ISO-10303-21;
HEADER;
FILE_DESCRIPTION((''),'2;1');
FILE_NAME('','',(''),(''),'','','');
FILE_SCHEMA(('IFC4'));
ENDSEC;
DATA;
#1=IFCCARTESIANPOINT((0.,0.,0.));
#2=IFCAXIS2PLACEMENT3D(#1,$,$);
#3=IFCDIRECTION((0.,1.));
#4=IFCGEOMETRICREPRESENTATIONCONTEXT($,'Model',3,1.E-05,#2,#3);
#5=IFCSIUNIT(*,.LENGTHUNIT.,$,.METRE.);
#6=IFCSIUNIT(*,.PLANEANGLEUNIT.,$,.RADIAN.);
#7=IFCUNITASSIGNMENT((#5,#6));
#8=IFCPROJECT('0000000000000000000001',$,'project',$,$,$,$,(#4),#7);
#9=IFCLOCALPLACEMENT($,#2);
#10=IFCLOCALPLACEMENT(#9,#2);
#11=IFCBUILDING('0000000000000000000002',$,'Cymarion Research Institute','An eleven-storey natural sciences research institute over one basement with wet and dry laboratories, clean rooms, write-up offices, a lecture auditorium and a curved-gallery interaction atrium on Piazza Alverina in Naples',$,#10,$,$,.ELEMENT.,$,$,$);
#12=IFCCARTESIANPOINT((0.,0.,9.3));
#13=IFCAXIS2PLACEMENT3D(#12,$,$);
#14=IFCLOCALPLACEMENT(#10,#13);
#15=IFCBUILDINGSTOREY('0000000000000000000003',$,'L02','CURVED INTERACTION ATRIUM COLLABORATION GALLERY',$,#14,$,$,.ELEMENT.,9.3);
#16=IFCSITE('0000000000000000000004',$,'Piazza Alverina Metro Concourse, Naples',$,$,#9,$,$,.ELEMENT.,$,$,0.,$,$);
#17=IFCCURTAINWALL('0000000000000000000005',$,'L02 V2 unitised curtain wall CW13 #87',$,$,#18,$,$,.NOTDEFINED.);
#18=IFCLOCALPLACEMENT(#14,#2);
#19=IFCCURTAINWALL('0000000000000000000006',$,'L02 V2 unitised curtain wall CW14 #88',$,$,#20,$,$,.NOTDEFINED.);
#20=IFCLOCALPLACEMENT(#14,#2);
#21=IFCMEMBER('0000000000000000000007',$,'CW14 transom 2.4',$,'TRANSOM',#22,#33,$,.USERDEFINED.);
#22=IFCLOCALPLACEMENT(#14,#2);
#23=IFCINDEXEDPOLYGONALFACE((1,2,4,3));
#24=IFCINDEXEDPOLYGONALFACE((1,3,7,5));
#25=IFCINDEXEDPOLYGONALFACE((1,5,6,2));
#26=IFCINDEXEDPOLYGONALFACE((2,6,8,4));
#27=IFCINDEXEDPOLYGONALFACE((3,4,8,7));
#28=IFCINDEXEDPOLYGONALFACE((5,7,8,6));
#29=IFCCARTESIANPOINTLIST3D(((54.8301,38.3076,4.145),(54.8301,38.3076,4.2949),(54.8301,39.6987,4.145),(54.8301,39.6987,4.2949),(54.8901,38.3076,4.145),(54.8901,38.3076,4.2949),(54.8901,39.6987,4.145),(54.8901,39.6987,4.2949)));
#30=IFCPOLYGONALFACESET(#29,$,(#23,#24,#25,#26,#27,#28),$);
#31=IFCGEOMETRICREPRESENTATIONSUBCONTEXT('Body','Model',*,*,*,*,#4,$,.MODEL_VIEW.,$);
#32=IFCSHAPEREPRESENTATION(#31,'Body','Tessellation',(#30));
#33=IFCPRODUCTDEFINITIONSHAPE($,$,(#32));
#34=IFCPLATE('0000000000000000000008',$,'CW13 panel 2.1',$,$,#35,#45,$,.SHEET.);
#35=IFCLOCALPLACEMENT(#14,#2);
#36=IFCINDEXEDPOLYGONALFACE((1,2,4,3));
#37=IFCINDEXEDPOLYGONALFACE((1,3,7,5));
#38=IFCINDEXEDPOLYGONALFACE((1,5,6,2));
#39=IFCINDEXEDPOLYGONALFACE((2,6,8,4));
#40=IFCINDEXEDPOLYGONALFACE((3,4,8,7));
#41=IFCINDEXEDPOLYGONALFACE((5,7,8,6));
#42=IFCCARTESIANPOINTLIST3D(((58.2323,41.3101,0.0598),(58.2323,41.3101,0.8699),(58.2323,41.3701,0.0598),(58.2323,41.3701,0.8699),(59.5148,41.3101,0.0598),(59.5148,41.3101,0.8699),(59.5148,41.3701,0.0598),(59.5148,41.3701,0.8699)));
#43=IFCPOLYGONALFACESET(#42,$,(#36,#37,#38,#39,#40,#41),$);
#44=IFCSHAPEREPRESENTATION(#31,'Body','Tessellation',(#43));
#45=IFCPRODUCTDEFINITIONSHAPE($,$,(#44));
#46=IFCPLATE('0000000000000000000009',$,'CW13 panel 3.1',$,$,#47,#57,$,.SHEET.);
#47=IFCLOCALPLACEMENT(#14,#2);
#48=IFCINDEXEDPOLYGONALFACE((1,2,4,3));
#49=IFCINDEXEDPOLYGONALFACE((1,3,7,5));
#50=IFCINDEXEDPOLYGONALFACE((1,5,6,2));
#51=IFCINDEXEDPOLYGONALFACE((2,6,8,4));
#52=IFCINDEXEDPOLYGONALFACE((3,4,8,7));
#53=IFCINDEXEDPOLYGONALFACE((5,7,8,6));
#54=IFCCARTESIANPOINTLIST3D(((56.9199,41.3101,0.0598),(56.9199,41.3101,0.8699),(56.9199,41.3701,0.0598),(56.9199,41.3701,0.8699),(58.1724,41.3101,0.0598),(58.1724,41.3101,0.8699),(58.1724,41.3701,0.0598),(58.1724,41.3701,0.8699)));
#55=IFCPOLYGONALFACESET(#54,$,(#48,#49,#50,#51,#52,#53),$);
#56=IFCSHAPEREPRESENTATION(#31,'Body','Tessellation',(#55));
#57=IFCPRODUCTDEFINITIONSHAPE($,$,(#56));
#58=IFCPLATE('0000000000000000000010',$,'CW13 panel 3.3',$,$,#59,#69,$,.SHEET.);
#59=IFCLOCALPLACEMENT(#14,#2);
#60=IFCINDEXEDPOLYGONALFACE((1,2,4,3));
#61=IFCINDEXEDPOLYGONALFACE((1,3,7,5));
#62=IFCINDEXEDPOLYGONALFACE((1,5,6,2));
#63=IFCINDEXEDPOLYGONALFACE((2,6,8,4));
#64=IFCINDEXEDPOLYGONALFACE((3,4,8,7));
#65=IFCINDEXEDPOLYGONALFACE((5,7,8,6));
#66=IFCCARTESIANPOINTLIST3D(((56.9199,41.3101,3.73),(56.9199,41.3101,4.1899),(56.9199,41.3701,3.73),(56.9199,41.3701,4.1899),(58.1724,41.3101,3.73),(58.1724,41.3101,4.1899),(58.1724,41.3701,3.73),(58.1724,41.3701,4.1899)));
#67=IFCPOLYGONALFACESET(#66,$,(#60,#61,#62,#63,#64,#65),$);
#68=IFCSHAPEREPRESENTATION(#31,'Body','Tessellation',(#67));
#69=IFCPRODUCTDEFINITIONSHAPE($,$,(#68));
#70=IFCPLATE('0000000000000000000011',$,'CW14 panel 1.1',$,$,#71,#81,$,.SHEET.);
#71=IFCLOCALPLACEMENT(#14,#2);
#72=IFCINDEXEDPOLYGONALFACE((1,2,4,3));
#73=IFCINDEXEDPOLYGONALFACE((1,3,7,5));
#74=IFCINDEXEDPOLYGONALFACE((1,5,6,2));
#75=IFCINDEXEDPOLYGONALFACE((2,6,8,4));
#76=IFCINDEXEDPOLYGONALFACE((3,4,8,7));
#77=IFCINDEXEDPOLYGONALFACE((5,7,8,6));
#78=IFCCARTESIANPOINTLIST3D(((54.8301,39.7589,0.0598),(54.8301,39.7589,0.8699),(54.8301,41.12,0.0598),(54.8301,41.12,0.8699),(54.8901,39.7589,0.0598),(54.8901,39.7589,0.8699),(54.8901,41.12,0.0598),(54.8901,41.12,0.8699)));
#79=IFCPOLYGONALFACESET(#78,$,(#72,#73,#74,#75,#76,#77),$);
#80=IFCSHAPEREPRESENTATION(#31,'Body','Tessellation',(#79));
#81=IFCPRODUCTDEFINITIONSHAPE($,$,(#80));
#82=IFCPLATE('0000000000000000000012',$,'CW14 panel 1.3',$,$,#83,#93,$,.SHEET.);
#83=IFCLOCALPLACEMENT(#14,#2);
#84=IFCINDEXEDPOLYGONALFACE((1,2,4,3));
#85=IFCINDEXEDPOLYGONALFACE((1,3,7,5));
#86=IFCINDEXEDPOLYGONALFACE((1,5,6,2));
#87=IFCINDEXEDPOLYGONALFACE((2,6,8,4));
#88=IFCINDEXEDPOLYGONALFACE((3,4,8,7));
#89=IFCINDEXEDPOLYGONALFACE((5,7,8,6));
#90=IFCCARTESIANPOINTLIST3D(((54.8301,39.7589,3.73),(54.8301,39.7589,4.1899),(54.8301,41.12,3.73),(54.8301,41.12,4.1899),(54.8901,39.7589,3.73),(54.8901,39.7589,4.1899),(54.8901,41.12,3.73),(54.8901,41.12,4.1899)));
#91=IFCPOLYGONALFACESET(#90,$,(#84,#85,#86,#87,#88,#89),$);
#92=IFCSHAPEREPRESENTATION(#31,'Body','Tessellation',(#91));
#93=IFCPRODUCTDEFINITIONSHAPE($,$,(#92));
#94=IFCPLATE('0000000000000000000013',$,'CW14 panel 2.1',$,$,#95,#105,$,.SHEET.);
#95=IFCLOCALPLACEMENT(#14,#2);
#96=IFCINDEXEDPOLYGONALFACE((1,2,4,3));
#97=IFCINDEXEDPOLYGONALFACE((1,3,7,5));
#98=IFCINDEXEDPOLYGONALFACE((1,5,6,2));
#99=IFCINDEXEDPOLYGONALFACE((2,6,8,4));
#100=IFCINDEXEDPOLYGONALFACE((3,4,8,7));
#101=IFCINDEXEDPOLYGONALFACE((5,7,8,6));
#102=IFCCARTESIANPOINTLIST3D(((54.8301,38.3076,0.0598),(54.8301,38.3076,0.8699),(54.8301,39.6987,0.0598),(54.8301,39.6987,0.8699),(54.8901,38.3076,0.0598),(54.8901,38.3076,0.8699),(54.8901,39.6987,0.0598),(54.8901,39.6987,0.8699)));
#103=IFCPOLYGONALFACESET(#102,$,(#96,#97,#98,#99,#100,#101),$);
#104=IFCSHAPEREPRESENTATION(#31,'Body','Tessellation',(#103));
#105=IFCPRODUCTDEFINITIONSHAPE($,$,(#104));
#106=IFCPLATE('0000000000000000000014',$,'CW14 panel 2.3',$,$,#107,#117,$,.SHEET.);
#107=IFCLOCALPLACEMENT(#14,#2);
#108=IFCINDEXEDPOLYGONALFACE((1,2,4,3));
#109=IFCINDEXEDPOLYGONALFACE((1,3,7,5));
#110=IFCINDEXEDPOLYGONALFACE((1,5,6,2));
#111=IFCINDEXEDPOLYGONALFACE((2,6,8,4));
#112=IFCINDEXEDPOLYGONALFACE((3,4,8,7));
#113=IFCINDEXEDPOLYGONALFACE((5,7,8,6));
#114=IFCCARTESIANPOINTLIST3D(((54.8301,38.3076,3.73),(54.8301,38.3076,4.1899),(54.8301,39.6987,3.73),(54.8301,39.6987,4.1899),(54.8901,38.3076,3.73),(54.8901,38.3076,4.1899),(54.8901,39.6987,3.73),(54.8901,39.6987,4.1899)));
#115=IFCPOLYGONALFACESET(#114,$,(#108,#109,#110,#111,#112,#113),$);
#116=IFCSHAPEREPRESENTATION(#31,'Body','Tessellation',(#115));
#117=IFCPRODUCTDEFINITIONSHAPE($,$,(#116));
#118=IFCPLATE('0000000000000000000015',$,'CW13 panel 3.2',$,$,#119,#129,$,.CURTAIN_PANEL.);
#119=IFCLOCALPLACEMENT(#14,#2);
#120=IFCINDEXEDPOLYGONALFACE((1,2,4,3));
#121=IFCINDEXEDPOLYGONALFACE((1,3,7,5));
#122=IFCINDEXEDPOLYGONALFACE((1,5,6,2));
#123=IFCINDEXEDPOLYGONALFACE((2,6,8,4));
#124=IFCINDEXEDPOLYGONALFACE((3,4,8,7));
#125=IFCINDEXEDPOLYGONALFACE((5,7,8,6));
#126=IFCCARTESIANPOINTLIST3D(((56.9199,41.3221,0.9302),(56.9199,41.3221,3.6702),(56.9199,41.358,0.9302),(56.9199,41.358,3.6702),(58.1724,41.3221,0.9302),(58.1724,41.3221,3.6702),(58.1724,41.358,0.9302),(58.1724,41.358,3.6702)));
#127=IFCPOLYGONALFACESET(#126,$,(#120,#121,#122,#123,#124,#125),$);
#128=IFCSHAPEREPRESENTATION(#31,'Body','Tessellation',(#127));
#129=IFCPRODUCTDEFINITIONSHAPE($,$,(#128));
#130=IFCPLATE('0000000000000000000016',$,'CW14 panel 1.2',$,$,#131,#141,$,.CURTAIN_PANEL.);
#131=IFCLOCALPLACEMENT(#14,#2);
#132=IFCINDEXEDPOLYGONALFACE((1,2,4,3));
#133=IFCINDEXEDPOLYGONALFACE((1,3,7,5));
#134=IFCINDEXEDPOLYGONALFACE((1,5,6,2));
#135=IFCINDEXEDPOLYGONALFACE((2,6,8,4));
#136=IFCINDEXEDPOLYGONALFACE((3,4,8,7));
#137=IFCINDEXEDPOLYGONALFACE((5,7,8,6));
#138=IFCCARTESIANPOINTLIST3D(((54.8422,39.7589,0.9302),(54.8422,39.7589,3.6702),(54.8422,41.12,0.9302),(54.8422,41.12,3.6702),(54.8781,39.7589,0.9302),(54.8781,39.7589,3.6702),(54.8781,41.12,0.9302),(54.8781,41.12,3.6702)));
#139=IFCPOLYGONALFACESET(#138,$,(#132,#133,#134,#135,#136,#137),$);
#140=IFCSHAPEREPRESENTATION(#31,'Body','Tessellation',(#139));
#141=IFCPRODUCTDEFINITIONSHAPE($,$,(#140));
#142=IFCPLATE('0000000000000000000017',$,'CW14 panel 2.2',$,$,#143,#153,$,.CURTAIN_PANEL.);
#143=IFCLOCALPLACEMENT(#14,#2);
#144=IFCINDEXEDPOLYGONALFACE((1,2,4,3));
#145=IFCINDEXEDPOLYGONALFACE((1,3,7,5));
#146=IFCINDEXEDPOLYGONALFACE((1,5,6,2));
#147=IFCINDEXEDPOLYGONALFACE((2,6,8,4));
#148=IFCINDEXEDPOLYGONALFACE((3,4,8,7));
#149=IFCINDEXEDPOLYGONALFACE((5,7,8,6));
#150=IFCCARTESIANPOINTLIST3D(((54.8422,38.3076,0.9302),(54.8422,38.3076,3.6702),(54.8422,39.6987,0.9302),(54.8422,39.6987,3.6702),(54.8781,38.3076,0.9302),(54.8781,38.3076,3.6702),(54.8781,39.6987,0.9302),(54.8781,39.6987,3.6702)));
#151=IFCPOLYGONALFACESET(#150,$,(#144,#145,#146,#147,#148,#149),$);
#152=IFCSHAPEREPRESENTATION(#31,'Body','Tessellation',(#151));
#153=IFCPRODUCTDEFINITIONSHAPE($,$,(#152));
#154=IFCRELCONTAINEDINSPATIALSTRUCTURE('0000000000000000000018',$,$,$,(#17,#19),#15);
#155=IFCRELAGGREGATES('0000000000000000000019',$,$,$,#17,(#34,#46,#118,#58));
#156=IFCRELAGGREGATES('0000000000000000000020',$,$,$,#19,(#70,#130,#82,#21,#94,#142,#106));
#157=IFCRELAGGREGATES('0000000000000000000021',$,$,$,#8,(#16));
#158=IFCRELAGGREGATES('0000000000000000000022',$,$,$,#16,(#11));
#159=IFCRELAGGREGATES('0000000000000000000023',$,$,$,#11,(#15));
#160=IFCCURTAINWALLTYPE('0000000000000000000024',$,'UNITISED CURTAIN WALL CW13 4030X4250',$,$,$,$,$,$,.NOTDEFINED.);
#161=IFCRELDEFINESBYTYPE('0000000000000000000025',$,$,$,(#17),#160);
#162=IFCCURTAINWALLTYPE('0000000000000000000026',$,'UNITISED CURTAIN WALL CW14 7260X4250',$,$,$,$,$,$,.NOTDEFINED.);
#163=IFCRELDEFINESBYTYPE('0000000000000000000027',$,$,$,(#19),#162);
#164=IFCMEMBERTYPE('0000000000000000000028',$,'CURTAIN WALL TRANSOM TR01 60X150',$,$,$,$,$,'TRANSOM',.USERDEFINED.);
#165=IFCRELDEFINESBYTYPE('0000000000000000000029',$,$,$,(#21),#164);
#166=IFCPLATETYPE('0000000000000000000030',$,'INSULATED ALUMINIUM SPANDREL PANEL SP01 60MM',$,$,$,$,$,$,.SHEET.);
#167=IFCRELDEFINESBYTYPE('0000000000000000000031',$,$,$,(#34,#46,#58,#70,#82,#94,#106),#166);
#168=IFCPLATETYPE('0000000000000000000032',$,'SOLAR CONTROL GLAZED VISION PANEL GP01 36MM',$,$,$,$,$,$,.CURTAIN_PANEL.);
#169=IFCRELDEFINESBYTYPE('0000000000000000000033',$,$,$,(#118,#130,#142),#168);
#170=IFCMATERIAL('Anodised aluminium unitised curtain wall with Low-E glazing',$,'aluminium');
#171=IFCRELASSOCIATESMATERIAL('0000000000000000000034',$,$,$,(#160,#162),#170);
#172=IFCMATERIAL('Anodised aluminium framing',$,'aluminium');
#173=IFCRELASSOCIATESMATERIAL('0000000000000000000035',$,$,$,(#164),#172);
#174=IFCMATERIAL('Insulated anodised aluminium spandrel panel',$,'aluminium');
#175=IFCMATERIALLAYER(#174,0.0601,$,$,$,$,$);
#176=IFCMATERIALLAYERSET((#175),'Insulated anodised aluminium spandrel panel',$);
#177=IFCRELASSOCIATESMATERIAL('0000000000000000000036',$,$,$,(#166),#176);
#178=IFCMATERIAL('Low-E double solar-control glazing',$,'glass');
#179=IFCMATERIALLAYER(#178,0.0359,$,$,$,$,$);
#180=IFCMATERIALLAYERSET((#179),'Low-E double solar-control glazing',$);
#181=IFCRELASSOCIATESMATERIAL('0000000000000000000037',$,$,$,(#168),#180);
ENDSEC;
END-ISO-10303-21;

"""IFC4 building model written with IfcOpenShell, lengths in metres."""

from ifc_helpers import new_model, si_unit, direction, frame, origin, origin_2d, place, context, subcontext, project, spatial, rectangle, extrude, material, layer, layer_set, material_profile, profile_set, type_object, element, aggregate, save


model = new_model("IFC4")

# Units and contexts
model_context = context("Model", 3, precision=1e-05, world=origin(), true_north=direction((0.0, 1.0)))
body_context = subcontext(model_context, "Body", "Model", "MODEL_VIEW")
ifc_project = project(units=[si_unit("LENGTHUNIT", "METRE"), si_unit("PLANEANGLEUNIT", "RADIAN")], contexts=[model_context])

# Site, building, storey
site_placement = place(None, origin())
site = spatial("IfcSite", under=ifc_project, at=site_placement, Name="Piazza Alverina Metro Concourse, Naples", CompositionType="ELEMENT", RefElevation=0.0)
building_placement = place(site_placement, origin())
building = spatial("IfcBuilding", under=site, at=building_placement, Name="Cymarion Research Institute", Description="An eleven-storey natural sciences research institute over one basement with wet and dry laboratories, clean rooms, write-up offices, a lecture auditorium and a curved-gallery interaction atrium on Piazza Alverina in Naples", CompositionType="ELEMENT")
storey_placement = place(building_placement, frame((0.0, 0.0, 9.3)))
storey = spatial("IfcBuildingStorey", under=building, at=storey_placement, Name="L02", Description="CURVED INTERACTION ATRIUM COLLABORATION GALLERY", CompositionType="ELEMENT", Elevation=9.3)

# Curtain walls
ifc_material_1 = material(Name="Anodised aluminium unitised curtain wall with Low-E glazing", Category="aluminium")
curtain_wall_type_1 = type_object("IfcCurtainWallType", Name="UNITISED CURTAIN WALL CW13 4030X4250", PredefinedType="NOTDEFINED", material=ifc_material_1)
curtain_wall_1_placement = place(storey_placement, origin())
curtain_wall_1 = element("IfcCurtainWall", 1, at=curtain_wall_1_placement, inside=storey, type_object=curtain_wall_type_1, Name="L02 V2 unitised curtain wall CW13 #87", PredefinedType="NOTDEFINED")
ifc_material_2 = material(Name="Anodised aluminium framing", Category="aluminium")
curtain_wall_type_2 = type_object("IfcCurtainWallType", Name="UNITISED CURTAIN WALL CW14 7260X4250", PredefinedType="NOTDEFINED", material=ifc_material_1)
curtain_wall_2_placement = place(storey_placement, origin())
curtain_wall_2 = element("IfcCurtainWall", 2, at=curtain_wall_2_placement, inside=storey, type_object=curtain_wall_type_2, Name="L02 V2 unitised curtain wall CW14 #88", PredefinedType="NOTDEFINED")

# Member
ifc_material_profile_1 = material_profile(ifc_material_2, rectangle(XDim=0.0601, YDim=0.1499, at=origin_2d()), Name="ALU TRANSOM 60x150")
ifc_profile_set_1 = profile_set([ifc_material_profile_1], Name="Anodised aluminium framing")
member_type_1 = type_object("IfcMemberType", Name="CURTAIN WALL TRANSOM TR01 60X150", ElementType="TRANSOM", PredefinedType="USERDEFINED", material=ifc_profile_set_1)
member_1_placement = place(storey_placement, frame((54.8601, 39.6987, 4.22), z_axis=(0.0, -1.0, 0.0), x_axis=(1.0, 0.0, 0.0)))
member_1 = element("IfcMember", 3, at=member_1_placement, type_object=member_type_1, Name="CW14 transom 2.4", ObjectType="TRANSOM", PredefinedType="USERDEFINED", context=body_context, shape_type="SweptSolid", body=[
    extrude(rectangle(XDim=0.0601, YDim=0.1499, at=origin_2d()), origin(), (0.0, 0.0, 1.0), 1.3911),
])

# Plates
ifc_material_3 = material(Name="Insulated anodised aluminium spandrel panel", Category="aluminium")
ifc_layer_1 = layer(ifc_material_3, 0.0601)
ifc_layer_set_1 = layer_set([ifc_layer_1], Name="Insulated anodised aluminium spandrel panel")
plate_type_1 = type_object("IfcPlateType", Name="INSULATED ALUMINIUM SPANDREL PANEL SP01 60MM", PredefinedType="SHEET", material=ifc_layer_set_1)
plate_1_placement = place(storey_placement, frame((58.8735, 41.3401, 0.0598), z_axis=(0.0, 0.0, 1.0), x_axis=(-1.0, 0.0, 0.0)))
plate_1 = element("IfcPlate", 4, at=plate_1_placement, type_object=plate_type_1, Name="CW13 panel 2.1", PredefinedType="SHEET", context=body_context, shape_type="SweptSolid", body=[
    extrude(rectangle(XDim=1.2825, YDim=0.0601, at=origin_2d()), origin(), (0.0, 0.0, 1.0), 0.8101),
])
plate_2_placement = place(storey_placement, frame((57.5461, 41.3401, 0.0598), z_axis=(0.0, 0.0, 1.0), x_axis=(-1.0, 0.0, 0.0)))
plate_2 = element("IfcPlate", 5, at=plate_2_placement, type_object=plate_type_1, Name="CW13 panel 3.1", PredefinedType="SHEET", context=body_context, shape_type="SweptSolid", body=[
    extrude(rectangle(XDim=1.2524, YDim=0.0601, at=origin_2d()), origin(), (0.0, 0.0, 1.0), 0.8101),
])
plate_3_placement = place(storey_placement, frame((57.5461, 41.3401, 3.73), z_axis=(0.0, 0.0, 1.0), x_axis=(-1.0, 0.0, 0.0)))
plate_3 = element("IfcPlate", 6, at=plate_3_placement, type_object=plate_type_1, Name="CW13 panel 3.3", PredefinedType="SHEET", context=body_context, shape_type="SweptSolid", body=[
    extrude(rectangle(XDim=1.2524, YDim=0.0601, at=origin_2d()), origin(), (0.0, 0.0, 1.0), 0.46),
])
plate_4_placement = place(storey_placement, frame((54.8601, 40.4395, 0.0598), z_axis=(0.0, 0.0, 1.0), x_axis=(0.0, -1.0, 0.0)))
plate_4 = element("IfcPlate", 7, at=plate_4_placement, type_object=plate_type_1, Name="CW14 panel 1.1", PredefinedType="SHEET", context=body_context, shape_type="SweptSolid", body=[
    extrude(rectangle(XDim=1.3611, YDim=0.0601, at=origin_2d()), origin(), (0.0, 0.0, 1.0), 0.8101),
])
plate_5_placement = place(storey_placement, frame((54.8601, 40.4395, 3.73), z_axis=(0.0, 0.0, 1.0), x_axis=(0.0, -1.0, 0.0)))
plate_5 = element("IfcPlate", 8, at=plate_5_placement, type_object=plate_type_1, Name="CW14 panel 1.3", PredefinedType="SHEET", context=body_context, shape_type="SweptSolid", body=[
    extrude(rectangle(XDim=1.3611, YDim=0.0601, at=origin_2d()), origin(), (0.0, 0.0, 1.0), 0.46),
])
plate_6_placement = place(storey_placement, frame((54.8601, 39.0032, 0.0598), z_axis=(0.0, 0.0, 1.0), x_axis=(0.0, -1.0, 0.0)))
plate_6 = element("IfcPlate", 9, at=plate_6_placement, type_object=plate_type_1, Name="CW14 panel 2.1", PredefinedType="SHEET", context=body_context, shape_type="SweptSolid", body=[
    extrude(rectangle(XDim=1.3911, YDim=0.0601, at=origin_2d()), origin(), (0.0, 0.0, 1.0), 0.8101),
])
plate_7_placement = place(storey_placement, frame((54.8601, 39.0032, 3.73), z_axis=(0.0, 0.0, 1.0), x_axis=(0.0, -1.0, 0.0)))
plate_7 = element("IfcPlate", 10, at=plate_7_placement, type_object=plate_type_1, Name="CW14 panel 2.3", PredefinedType="SHEET", context=body_context, shape_type="SweptSolid", body=[
    extrude(rectangle(XDim=1.3911, YDim=0.0601, at=origin_2d()), origin(), (0.0, 0.0, 1.0), 0.46),
])
ifc_material_4 = material(Name="Low-E double solar-control glazing", Category="glass")
ifc_layer_2 = layer(ifc_material_4, 0.0359)
ifc_layer_set_2 = layer_set([ifc_layer_2], Name="Low-E double solar-control glazing")
plate_type_2 = type_object("IfcPlateType", Name="SOLAR CONTROL GLAZED VISION PANEL GP01 36MM", PredefinedType="CURTAIN_PANEL", material=ifc_layer_set_2)
plate_8_placement = place(storey_placement, frame((57.5461, 41.3401, 0.9302), z_axis=(0.0, 0.0, 1.0), x_axis=(-1.0, 0.0, 0.0)))
plate_8 = element("IfcPlate", 11, at=plate_8_placement, type_object=plate_type_2, Name="CW13 panel 3.2", PredefinedType="CURTAIN_PANEL", context=body_context, shape_type="SweptSolid", body=[
    extrude(rectangle(XDim=1.2524, YDim=0.0359, at=origin_2d()), origin(), (0.0, 0.0, 1.0), 2.74),
])
aggregate(curtain_wall_1, [plate_1, plate_2, plate_8, plate_3])
plate_9_placement = place(storey_placement, frame((54.8601, 40.4395, 0.9302), z_axis=(0.0, 0.0, 1.0), x_axis=(0.0, -1.0, 0.0)))
plate_9 = element("IfcPlate", 12, at=plate_9_placement, type_object=plate_type_2, Name="CW14 panel 1.2", PredefinedType="CURTAIN_PANEL", context=body_context, shape_type="SweptSolid", body=[
    extrude(rectangle(XDim=1.3611, YDim=0.0359, at=origin_2d()), origin(), (0.0, 0.0, 1.0), 2.74),
])
plate_10_placement = place(storey_placement, frame((54.8601, 39.0032, 0.9302), z_axis=(0.0, 0.0, 1.0), x_axis=(0.0, -1.0, 0.0)))
plate_10 = element("IfcPlate", 13, at=plate_10_placement, type_object=plate_type_2, Name="CW14 panel 2.2", PredefinedType="CURTAIN_PANEL", context=body_context, shape_type="SweptSolid", body=[
    extrude(rectangle(XDim=1.3911, YDim=0.0359, at=origin_2d()), origin(), (0.0, 0.0, 1.0), 2.74),
])
aggregate(curtain_wall_2, [plate_4, plate_9, plate_5, member_1, plate_6, plate_10, plate_7])

save(model, "model.ifc")
